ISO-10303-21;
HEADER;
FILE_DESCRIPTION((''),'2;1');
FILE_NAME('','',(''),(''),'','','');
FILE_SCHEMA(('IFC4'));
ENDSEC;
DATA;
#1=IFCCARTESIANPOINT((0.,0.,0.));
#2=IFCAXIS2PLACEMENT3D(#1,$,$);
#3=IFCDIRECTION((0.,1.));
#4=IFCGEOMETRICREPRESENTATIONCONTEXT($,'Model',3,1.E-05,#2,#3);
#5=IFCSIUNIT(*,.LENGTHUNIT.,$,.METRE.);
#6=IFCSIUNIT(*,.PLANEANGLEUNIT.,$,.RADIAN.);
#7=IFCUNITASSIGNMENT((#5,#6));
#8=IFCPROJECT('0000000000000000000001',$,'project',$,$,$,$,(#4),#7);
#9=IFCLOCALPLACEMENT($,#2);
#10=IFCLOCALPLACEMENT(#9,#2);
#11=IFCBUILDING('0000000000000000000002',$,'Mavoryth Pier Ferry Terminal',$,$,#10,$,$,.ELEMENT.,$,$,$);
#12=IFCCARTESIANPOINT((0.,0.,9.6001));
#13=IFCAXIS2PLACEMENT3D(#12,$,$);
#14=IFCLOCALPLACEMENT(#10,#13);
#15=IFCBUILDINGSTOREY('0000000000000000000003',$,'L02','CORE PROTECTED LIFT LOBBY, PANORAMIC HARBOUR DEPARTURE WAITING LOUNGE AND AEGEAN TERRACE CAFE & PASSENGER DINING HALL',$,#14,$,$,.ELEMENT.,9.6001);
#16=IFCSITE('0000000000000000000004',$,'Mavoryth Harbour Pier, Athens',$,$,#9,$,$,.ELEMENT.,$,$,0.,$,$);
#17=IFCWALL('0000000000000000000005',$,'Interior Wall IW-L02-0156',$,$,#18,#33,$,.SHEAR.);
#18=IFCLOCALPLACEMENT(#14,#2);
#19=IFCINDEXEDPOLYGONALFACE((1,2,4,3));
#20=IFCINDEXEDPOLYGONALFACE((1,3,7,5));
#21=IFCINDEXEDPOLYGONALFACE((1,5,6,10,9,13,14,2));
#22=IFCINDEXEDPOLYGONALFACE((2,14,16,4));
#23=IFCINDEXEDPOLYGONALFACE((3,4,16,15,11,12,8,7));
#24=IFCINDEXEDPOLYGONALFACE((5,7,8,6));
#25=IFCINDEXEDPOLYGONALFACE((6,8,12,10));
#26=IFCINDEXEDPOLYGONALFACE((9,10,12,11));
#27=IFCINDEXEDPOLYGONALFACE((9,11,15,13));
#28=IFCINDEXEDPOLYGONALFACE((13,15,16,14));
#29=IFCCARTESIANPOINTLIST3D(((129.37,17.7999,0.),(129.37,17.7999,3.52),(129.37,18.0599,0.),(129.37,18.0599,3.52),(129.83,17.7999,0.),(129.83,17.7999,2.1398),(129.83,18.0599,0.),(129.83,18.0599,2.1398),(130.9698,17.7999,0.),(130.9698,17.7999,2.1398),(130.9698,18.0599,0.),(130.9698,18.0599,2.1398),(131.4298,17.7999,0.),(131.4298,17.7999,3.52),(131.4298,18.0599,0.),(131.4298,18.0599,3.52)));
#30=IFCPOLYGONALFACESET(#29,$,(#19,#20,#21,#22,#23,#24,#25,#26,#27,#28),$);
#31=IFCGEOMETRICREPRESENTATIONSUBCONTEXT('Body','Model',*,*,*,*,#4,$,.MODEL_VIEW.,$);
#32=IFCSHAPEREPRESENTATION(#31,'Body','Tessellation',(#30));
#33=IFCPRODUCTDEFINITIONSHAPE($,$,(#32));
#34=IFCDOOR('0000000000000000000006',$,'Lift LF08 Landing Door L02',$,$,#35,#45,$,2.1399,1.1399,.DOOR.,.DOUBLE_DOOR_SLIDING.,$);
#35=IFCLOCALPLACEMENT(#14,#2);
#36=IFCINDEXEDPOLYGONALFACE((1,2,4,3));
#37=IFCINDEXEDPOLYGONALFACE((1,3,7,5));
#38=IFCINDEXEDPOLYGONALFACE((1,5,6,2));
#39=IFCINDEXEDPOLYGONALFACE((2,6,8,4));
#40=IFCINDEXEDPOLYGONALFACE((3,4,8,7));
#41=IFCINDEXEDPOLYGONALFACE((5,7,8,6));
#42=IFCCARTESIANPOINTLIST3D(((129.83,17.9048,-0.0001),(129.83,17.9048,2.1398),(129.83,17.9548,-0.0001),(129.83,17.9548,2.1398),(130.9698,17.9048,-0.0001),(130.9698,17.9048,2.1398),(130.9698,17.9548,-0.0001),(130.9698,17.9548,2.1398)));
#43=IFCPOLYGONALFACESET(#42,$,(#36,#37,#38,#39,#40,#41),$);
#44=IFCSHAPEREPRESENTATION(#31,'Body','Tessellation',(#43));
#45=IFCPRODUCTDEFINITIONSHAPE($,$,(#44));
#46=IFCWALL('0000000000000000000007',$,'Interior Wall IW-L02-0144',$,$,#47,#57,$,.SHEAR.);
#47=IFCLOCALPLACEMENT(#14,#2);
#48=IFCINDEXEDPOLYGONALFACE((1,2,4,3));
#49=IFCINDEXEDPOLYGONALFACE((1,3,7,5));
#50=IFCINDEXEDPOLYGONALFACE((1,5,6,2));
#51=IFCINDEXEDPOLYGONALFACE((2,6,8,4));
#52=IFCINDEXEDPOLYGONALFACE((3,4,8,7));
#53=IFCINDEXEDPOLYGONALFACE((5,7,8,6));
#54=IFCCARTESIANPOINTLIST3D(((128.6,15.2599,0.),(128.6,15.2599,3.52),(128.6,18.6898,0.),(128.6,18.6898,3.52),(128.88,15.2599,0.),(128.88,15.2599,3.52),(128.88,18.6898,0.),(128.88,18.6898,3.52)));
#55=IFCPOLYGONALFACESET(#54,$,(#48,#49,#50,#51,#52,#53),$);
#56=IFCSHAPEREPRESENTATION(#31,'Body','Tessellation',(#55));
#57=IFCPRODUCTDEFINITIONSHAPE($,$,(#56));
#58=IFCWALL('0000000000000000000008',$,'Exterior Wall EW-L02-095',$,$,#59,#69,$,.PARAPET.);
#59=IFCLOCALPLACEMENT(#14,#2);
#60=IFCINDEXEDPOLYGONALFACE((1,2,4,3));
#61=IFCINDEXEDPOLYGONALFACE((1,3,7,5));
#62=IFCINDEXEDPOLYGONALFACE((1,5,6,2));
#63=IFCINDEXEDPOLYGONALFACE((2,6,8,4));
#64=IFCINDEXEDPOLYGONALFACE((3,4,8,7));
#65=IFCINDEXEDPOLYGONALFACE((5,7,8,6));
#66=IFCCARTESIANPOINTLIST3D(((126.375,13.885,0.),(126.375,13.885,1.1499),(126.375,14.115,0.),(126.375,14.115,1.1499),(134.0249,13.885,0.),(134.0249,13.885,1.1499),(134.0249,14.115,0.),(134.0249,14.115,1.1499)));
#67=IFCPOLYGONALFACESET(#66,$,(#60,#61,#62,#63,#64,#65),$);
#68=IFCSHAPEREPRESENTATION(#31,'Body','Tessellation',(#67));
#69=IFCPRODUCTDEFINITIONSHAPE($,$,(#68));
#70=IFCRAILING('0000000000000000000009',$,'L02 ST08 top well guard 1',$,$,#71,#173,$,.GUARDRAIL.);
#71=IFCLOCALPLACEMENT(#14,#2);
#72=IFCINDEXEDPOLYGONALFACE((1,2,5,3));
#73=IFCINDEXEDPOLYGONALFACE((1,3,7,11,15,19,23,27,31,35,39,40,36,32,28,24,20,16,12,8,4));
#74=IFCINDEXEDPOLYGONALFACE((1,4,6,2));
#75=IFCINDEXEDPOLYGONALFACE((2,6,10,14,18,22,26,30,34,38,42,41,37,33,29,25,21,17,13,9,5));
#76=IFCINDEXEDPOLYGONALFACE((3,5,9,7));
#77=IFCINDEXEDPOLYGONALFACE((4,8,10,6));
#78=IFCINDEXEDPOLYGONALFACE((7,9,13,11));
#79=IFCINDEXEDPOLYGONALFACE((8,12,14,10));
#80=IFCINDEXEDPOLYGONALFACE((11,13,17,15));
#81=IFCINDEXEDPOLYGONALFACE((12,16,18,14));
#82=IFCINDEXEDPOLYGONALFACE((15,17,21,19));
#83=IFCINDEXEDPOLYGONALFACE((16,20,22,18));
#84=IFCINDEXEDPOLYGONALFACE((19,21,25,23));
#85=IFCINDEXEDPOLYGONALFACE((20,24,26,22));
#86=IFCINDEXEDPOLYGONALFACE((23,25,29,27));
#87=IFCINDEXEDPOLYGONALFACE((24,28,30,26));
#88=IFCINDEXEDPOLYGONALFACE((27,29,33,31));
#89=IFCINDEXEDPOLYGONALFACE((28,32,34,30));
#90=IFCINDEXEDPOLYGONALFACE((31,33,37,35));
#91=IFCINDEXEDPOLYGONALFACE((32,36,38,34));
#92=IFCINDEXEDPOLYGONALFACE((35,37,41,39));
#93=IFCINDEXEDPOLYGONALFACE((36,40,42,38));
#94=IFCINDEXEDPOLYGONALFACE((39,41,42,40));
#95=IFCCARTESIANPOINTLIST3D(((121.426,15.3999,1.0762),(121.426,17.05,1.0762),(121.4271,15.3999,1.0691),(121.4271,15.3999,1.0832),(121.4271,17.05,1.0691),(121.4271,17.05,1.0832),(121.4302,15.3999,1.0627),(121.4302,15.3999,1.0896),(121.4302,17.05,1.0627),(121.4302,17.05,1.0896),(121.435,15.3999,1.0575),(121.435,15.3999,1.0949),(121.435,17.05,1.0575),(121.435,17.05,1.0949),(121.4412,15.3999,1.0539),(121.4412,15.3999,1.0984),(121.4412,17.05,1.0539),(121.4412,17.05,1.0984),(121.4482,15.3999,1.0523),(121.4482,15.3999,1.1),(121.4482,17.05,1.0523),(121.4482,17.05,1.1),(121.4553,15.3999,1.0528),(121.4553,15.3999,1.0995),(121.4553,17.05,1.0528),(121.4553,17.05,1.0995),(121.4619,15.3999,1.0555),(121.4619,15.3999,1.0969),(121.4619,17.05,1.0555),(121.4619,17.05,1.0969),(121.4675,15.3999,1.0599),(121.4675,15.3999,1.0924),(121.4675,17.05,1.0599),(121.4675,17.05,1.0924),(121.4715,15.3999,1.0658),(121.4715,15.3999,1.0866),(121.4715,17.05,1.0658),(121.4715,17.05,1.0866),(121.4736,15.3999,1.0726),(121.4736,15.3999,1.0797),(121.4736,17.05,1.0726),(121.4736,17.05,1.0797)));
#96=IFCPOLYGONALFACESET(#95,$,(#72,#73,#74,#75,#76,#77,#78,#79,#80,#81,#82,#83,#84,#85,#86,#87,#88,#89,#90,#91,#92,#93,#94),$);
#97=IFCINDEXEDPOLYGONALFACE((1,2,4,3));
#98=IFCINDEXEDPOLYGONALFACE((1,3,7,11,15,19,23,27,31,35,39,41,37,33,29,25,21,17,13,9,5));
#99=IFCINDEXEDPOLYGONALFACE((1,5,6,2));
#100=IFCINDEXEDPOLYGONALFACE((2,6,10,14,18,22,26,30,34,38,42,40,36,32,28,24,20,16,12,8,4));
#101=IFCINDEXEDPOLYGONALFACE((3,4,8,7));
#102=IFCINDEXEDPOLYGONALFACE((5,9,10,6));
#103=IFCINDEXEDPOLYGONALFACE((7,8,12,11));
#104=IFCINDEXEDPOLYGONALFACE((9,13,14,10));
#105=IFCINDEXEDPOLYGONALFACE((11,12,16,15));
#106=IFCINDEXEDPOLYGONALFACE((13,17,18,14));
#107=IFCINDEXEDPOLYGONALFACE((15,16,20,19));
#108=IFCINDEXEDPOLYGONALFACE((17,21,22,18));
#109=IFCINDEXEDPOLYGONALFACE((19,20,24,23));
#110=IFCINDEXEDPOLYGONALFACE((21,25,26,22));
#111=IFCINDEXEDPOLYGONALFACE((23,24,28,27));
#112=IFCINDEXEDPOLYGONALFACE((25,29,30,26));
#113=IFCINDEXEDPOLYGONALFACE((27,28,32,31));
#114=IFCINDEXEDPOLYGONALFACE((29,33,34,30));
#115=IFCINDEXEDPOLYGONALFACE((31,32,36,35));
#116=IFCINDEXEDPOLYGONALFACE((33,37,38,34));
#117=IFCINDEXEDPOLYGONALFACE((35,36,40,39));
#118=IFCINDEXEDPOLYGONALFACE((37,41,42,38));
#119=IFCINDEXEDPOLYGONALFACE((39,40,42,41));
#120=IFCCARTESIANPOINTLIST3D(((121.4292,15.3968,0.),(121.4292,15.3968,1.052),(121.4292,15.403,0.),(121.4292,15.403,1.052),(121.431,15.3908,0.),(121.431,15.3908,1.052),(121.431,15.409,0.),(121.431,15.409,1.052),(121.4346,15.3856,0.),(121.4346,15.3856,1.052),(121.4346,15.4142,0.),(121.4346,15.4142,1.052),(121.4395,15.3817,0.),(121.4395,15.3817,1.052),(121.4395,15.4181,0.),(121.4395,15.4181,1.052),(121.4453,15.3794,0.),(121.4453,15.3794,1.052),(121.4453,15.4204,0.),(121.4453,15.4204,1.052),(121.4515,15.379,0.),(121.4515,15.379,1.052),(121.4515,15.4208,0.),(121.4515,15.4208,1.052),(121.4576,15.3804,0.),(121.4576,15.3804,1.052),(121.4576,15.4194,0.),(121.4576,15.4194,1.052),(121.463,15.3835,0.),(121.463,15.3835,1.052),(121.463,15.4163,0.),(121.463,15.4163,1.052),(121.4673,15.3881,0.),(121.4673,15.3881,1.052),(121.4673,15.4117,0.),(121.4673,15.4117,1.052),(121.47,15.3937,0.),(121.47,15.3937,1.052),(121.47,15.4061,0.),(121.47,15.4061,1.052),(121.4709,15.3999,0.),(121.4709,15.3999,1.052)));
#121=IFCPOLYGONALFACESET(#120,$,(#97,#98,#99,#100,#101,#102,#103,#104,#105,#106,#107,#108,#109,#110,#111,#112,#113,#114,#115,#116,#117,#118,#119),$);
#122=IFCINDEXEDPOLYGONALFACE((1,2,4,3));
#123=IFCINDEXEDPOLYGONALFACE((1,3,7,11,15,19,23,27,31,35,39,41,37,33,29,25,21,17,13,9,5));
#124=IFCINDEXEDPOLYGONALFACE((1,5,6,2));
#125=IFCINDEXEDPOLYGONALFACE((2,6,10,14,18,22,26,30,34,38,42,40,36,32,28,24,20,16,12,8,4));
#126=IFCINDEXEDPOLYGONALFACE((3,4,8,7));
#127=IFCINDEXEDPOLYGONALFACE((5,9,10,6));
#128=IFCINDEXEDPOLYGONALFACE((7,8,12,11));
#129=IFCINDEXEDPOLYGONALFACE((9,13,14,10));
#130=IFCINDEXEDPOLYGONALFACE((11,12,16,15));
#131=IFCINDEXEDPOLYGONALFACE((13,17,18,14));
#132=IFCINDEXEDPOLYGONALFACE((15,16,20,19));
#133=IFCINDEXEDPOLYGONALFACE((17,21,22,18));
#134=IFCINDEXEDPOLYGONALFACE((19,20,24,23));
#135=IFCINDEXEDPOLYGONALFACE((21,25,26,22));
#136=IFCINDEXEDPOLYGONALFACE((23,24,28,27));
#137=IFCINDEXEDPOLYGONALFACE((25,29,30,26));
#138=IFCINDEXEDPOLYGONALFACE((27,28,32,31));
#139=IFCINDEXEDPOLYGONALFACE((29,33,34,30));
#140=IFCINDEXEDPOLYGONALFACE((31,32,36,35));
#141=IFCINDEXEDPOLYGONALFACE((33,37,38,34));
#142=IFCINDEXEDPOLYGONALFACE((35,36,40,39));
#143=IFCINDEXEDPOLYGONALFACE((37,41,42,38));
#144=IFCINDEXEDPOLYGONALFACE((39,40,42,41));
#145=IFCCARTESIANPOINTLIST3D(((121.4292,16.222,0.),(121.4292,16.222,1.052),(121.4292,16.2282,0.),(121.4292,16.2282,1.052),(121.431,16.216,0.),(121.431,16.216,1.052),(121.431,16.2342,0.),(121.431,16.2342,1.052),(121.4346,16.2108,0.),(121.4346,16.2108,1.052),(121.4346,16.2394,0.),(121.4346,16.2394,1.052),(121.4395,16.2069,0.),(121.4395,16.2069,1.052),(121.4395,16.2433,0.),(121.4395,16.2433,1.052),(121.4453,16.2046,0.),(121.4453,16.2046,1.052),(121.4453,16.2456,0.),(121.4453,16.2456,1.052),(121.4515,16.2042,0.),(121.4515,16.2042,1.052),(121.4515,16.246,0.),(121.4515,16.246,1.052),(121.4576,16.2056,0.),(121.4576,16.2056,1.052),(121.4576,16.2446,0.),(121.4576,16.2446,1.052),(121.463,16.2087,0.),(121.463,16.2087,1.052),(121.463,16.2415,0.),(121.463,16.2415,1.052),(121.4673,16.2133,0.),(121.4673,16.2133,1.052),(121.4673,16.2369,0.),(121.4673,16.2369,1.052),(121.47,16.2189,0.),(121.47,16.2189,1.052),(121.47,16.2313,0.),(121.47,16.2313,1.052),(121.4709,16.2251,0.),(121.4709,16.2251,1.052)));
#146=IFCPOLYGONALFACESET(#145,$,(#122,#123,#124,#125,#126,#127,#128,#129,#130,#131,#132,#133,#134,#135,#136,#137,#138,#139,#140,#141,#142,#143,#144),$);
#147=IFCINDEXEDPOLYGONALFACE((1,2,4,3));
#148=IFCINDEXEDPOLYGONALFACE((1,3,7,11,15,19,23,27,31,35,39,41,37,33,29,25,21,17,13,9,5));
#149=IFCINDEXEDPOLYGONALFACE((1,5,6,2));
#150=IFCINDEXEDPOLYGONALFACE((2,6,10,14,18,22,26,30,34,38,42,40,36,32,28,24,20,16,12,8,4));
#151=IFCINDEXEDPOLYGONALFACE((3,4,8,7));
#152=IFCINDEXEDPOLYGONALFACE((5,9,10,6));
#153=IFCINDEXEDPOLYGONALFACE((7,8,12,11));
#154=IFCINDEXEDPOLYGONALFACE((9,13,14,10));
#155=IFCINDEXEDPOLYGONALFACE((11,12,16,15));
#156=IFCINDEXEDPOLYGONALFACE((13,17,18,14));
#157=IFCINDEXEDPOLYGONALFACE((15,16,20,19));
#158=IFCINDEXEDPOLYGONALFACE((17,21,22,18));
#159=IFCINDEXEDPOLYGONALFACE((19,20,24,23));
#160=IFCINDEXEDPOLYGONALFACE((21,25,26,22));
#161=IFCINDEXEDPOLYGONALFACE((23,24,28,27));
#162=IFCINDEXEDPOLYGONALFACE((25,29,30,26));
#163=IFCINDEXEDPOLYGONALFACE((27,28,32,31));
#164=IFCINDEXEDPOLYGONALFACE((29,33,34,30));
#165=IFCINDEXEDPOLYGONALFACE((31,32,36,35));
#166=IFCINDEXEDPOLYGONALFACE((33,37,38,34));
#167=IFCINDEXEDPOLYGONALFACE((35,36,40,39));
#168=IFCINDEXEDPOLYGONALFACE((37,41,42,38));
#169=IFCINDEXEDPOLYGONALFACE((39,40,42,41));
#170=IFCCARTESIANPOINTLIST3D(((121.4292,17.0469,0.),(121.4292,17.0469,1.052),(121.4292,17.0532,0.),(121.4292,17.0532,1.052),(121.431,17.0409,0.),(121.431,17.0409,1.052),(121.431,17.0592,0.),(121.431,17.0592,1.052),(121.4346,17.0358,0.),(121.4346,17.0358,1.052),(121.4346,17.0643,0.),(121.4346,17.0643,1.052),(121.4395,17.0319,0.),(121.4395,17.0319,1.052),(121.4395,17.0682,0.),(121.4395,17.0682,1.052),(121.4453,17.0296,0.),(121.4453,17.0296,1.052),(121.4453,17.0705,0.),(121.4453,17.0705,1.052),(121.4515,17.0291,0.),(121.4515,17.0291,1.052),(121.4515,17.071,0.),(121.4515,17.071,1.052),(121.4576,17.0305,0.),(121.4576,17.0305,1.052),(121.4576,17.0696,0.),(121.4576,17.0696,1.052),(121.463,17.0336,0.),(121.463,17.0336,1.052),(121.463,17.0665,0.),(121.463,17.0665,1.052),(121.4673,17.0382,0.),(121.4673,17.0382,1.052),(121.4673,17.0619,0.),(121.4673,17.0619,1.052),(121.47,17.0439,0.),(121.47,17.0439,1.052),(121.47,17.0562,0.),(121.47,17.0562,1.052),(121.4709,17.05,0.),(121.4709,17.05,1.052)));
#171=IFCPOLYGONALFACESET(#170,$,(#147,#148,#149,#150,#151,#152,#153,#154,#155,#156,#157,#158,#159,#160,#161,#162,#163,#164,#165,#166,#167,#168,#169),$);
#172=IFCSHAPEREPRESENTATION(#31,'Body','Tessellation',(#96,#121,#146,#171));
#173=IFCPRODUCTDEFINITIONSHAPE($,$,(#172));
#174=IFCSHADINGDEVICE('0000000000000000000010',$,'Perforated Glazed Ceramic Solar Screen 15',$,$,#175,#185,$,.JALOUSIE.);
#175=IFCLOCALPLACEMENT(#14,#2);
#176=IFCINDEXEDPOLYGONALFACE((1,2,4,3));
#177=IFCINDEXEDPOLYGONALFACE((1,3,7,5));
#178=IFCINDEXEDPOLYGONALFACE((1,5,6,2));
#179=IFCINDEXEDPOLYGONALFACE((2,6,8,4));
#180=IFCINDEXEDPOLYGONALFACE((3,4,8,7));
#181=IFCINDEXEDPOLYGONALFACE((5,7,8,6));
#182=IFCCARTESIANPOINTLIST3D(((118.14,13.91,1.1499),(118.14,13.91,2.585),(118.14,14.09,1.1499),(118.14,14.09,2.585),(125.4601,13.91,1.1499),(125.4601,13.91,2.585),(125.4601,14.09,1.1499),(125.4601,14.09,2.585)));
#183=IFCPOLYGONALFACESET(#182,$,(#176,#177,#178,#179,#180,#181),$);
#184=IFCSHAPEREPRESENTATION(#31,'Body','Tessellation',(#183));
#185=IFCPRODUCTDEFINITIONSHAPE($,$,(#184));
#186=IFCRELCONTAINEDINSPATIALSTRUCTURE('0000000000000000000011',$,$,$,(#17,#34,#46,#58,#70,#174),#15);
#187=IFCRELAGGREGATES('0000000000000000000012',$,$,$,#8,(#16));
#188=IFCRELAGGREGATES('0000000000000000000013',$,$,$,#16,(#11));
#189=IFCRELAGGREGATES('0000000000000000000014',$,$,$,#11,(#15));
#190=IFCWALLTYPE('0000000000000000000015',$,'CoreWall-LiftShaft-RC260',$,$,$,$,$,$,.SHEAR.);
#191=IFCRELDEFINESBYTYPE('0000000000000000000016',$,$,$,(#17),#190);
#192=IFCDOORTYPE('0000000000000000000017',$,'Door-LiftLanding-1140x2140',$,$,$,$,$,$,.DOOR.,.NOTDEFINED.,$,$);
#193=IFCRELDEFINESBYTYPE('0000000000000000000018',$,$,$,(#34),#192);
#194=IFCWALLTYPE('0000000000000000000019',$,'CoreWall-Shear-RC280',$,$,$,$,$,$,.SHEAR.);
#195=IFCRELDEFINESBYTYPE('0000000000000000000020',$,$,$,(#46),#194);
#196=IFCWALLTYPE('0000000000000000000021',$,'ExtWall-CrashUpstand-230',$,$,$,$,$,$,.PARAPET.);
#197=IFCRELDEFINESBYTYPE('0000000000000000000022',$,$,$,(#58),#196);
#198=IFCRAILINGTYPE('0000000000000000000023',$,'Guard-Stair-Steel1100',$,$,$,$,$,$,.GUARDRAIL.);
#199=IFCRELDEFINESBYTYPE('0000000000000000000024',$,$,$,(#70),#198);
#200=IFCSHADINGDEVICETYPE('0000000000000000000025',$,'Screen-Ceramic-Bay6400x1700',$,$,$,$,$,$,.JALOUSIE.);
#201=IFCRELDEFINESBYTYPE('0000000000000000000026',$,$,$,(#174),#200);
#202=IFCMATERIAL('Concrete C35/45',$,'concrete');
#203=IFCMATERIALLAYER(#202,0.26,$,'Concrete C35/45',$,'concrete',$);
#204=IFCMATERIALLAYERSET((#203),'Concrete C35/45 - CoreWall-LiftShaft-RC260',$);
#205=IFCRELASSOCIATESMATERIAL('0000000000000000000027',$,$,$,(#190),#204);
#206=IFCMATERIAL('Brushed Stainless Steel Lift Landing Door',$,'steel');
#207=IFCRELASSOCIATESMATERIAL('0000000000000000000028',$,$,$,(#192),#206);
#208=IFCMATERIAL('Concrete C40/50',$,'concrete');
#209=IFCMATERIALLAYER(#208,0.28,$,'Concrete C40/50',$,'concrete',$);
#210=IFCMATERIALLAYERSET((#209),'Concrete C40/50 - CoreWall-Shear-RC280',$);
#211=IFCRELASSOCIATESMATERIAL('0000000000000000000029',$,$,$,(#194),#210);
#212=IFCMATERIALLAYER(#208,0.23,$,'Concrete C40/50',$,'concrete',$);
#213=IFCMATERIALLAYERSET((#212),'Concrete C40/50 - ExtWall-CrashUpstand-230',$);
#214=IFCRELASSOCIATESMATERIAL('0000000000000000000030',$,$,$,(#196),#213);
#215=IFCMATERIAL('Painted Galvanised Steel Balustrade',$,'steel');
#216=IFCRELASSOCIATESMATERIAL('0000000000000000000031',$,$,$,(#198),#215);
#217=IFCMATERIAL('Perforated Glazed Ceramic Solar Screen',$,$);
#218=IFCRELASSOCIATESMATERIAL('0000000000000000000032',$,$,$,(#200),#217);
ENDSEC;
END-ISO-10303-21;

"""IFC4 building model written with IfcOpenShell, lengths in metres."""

from ifc_helpers import new_model, si_unit, direction, frame, frame_2d, origin, origin_2d, place, context, subcontext, project, spatial, rectangle, circle, extrude, material, layer, layer_set, type_object, element, fill, save


model = new_model("IFC4")

# Units and contexts
model_context = context("Model", 3, precision=1e-05, world=origin(), true_north=direction((0.0, 1.0)))
body_context = subcontext(model_context, "Body", "Model", "MODEL_VIEW")
ifc_project = project(units=[si_unit("LENGTHUNIT", "METRE"), si_unit("PLANEANGLEUNIT", "RADIAN")], contexts=[model_context])

# Site, building, storey
site_placement = place(None, origin())
site = spatial("IfcSite", under=ifc_project, at=site_placement, Name="Mavoryth Harbour Pier, Athens", CompositionType="ELEMENT", RefElevation=0.0)
building_placement = place(site_placement, origin())
building = spatial("IfcBuilding", under=site, at=building_placement, Name="Mavoryth Pier Ferry Terminal", CompositionType="ELEMENT")
storey_placement = place(building_placement, frame((0.0, 0.0, 9.6001)))
storey = spatial("IfcBuildingStorey", under=building, at=storey_placement, Name="L02", Description="CORE PROTECTED LIFT LOBBY, PANORAMIC HARBOUR DEPARTURE WAITING LOUNGE AND AEGEAN TERRACE CAFE & PASSENGER DINING HALL", CompositionType="ELEMENT", Elevation=9.6001)

# Shared definitions
ifc_material_1 = material(Name="Concrete C40/50", Category="concrete")

# Shared definitions
ifc_material_2 = material(Name="Concrete C35/45", Category="concrete")

# Shared definitions
ifc_layer_1 = layer(ifc_material_2, 0.26, Name="Concrete C35/45", Category="concrete")
ifc_layer_set_1 = layer_set([ifc_layer_1], Name="Concrete C35/45 - CoreWall-LiftShaft-RC260")
wall_type_1 = type_object("IfcWallType", Name="CoreWall-LiftShaft-RC260", PredefinedType="SHEAR", material=ifc_layer_set_1)

# Wall, opening, door
wall_1_placement = place(storey_placement, frame((129.3701, 17.9299, 0.0), z_axis=(0.0, 0.0, 1.0), x_axis=(1.0, 0.0, 0.0)))
wall_1 = element("IfcWall", 1, at=wall_1_placement, inside=storey, type_object=wall_type_1, Name="Interior Wall IW-L02-0156", PredefinedType="SHEAR", context=body_context, shape_type="SweptSolid", body=[
    extrude(rectangle(XDim=2.0598, YDim=0.26, at=frame_2d((1.0298, 0.0))), origin(), (0.0, 0.0, 1.0), 3.52),
])
opening_1_placement = place(wall_1_placement, frame((0.46, 0.0, 0.0)))
opening_1 = element("IfcOpeningElement", 2, at=opening_1_placement, cuts=wall_1, PredefinedType="OPENING", context=body_context, shape_type="SweptSolid", body=[
    extrude(rectangle(XDim=1.1399, YDim=2.1399, at=frame_2d((0.5698, 1.0698))), frame((0.0, 0.1399, 0.0), z_axis=(0.0, -1.0, 0.0), x_axis=(1.0, 0.0, 0.0)), (0.0, 0.0, 1.0), 0.28),
])
ifc_material_3 = material(Name="Brushed Stainless Steel Lift Landing Door", Category="steel")
door_type_1 = type_object("IfcDoorType", Name="Door-LiftLanding-1140x2140", OperationType="NOTDEFINED", PredefinedType="DOOR", material=ifc_material_3)
door_1_placement = place(opening_1_placement, origin())
door_1 = element("IfcDoor", 3, at=door_1_placement, inside=storey, type_object=door_type_1, Name="Lift LF08 Landing Door L02", OperationType="DOUBLE_DOOR_SLIDING", OverallHeight=2.1399, OverallWidth=1.1399, PredefinedType="DOOR", context=body_context, shape_type="SweptSolid", body=[
    extrude(rectangle(XDim=1.1399, YDim=2.1399, at=frame_2d((0.5698, 1.0698))), frame((0.0, 0.0249, 0.0), z_axis=(0.0, -1.0, 0.0), x_axis=(1.0, 0.0, 0.0)), (0.0, 0.0, 1.0), 0.05),
])
fill(opening_1, door_1)
ifc_layer_2 = layer(ifc_material_1, 0.28, Name="Concrete C40/50", Category="concrete")
ifc_layer_set_2 = layer_set([ifc_layer_2], Name="Concrete C40/50 - CoreWall-Shear-RC280")
wall_type_2 = type_object("IfcWallType", Name="CoreWall-Shear-RC280", PredefinedType="SHEAR", material=ifc_layer_set_2)

# Walls
wall_2_placement = place(storey_placement, frame((128.74, 15.26, 0.0), z_axis=(0.0, 0.0, 1.0), x_axis=(0.0, 1.0, 0.0)))
element("IfcWall", 4, at=wall_2_placement, inside=storey, type_object=wall_type_2, Name="Interior Wall IW-L02-0144", PredefinedType="SHEAR", context=body_context, shape_type="SweptSolid", body=[
    extrude(rectangle(XDim=3.4299, YDim=0.28, at=frame_2d((1.7148, 0.0))), origin(), (0.0, 0.0, 1.0), 3.52),
])
ifc_layer_3 = layer(ifc_material_1, 0.23, Name="Concrete C40/50", Category="concrete")
ifc_layer_set_3 = layer_set([ifc_layer_3], Name="Concrete C40/50 - ExtWall-CrashUpstand-230")
wall_type_3 = type_object("IfcWallType", Name="ExtWall-CrashUpstand-230", PredefinedType="PARAPET", material=ifc_layer_set_3)
wall_3_placement = place(storey_placement, frame((126.375, 14.0, 0.0), z_axis=(0.0, 0.0, 1.0), x_axis=(1.0, 0.0, 0.0)))
element("IfcWall", 5, at=wall_3_placement, inside=storey, type_object=wall_type_3, Name="Exterior Wall EW-L02-095", PredefinedType="PARAPET", context=body_context, shape_type="SweptSolid", body=[
    extrude(rectangle(XDim=7.6499, YDim=0.23, at=frame_2d((3.825, 0.0))), origin(), (0.0, 0.0, 1.0), 1.1499),
])

# Railing
ifc_material_4 = material(Name="Painted Galvanised Steel Balustrade", Category="steel")
railing_type = type_object("IfcRailingType", Name="Guard-Stair-Steel1100", PredefinedType="GUARDRAIL", material=ifc_material_4)
railing_placement = place(storey_placement, frame((121.45, 15.3999, 0.0)))
element("IfcRailing", 6, at=railing_placement, inside=storey, type_object=railing_type, Name="L02 ST08 top well guard 1", PredefinedType="GUARDRAIL", context=body_context, shape_type="SweptSolid", body=[
    extrude(circle(Radius=0.0239, at=origin_2d()), frame((0.0, 0.0, 1.0762), z_axis=(0.0, 1.0, 0.0), x_axis=(-1.0, 0.0, 0.0)), (0.0, 0.0, 1.0), 1.6501),
    extrude(circle(Radius=0.021, at=origin_2d()), origin(), (0.0, 0.0, 1.0), 1.052),
    extrude(circle(Radius=0.021, at=origin_2d()), frame((0.0, 0.8252, 0.0)), (0.0, 0.0, 1.0), 1.052),
    extrude(circle(Radius=0.021, at=origin_2d()), frame((0.0, 1.6501, 0.0)), (0.0, 0.0, 1.0), 1.052),
])

# Shading device
ifc_material_5 = material(Name="Perforated Glazed Ceramic Solar Screen")
shading_device_type = type_object("IfcShadingDeviceType", Name="Screen-Ceramic-Bay6400x1700", PredefinedType="JALOUSIE", material=ifc_material_5)
shading_device_1_placement = place(storey_placement, frame((121.8, 14.0, 1.1499), z_axis=(0.0, 0.0, 1.0), x_axis=(1.0, 0.0, 0.0)))
element("IfcShadingDevice", 7, at=shading_device_1_placement, inside=storey, type_object=shading_device_type, Name="Perforated Glazed Ceramic Solar Screen 15", PredefinedType="JALOUSIE", context=body_context, shape_type="SweptSolid", body=[
    extrude(rectangle(XDim=7.3201, YDim=0.1799, at=origin_2d()), origin(), (0.0, 0.0, 1.0), 1.4351),
])

save(model, "model.ifc")
